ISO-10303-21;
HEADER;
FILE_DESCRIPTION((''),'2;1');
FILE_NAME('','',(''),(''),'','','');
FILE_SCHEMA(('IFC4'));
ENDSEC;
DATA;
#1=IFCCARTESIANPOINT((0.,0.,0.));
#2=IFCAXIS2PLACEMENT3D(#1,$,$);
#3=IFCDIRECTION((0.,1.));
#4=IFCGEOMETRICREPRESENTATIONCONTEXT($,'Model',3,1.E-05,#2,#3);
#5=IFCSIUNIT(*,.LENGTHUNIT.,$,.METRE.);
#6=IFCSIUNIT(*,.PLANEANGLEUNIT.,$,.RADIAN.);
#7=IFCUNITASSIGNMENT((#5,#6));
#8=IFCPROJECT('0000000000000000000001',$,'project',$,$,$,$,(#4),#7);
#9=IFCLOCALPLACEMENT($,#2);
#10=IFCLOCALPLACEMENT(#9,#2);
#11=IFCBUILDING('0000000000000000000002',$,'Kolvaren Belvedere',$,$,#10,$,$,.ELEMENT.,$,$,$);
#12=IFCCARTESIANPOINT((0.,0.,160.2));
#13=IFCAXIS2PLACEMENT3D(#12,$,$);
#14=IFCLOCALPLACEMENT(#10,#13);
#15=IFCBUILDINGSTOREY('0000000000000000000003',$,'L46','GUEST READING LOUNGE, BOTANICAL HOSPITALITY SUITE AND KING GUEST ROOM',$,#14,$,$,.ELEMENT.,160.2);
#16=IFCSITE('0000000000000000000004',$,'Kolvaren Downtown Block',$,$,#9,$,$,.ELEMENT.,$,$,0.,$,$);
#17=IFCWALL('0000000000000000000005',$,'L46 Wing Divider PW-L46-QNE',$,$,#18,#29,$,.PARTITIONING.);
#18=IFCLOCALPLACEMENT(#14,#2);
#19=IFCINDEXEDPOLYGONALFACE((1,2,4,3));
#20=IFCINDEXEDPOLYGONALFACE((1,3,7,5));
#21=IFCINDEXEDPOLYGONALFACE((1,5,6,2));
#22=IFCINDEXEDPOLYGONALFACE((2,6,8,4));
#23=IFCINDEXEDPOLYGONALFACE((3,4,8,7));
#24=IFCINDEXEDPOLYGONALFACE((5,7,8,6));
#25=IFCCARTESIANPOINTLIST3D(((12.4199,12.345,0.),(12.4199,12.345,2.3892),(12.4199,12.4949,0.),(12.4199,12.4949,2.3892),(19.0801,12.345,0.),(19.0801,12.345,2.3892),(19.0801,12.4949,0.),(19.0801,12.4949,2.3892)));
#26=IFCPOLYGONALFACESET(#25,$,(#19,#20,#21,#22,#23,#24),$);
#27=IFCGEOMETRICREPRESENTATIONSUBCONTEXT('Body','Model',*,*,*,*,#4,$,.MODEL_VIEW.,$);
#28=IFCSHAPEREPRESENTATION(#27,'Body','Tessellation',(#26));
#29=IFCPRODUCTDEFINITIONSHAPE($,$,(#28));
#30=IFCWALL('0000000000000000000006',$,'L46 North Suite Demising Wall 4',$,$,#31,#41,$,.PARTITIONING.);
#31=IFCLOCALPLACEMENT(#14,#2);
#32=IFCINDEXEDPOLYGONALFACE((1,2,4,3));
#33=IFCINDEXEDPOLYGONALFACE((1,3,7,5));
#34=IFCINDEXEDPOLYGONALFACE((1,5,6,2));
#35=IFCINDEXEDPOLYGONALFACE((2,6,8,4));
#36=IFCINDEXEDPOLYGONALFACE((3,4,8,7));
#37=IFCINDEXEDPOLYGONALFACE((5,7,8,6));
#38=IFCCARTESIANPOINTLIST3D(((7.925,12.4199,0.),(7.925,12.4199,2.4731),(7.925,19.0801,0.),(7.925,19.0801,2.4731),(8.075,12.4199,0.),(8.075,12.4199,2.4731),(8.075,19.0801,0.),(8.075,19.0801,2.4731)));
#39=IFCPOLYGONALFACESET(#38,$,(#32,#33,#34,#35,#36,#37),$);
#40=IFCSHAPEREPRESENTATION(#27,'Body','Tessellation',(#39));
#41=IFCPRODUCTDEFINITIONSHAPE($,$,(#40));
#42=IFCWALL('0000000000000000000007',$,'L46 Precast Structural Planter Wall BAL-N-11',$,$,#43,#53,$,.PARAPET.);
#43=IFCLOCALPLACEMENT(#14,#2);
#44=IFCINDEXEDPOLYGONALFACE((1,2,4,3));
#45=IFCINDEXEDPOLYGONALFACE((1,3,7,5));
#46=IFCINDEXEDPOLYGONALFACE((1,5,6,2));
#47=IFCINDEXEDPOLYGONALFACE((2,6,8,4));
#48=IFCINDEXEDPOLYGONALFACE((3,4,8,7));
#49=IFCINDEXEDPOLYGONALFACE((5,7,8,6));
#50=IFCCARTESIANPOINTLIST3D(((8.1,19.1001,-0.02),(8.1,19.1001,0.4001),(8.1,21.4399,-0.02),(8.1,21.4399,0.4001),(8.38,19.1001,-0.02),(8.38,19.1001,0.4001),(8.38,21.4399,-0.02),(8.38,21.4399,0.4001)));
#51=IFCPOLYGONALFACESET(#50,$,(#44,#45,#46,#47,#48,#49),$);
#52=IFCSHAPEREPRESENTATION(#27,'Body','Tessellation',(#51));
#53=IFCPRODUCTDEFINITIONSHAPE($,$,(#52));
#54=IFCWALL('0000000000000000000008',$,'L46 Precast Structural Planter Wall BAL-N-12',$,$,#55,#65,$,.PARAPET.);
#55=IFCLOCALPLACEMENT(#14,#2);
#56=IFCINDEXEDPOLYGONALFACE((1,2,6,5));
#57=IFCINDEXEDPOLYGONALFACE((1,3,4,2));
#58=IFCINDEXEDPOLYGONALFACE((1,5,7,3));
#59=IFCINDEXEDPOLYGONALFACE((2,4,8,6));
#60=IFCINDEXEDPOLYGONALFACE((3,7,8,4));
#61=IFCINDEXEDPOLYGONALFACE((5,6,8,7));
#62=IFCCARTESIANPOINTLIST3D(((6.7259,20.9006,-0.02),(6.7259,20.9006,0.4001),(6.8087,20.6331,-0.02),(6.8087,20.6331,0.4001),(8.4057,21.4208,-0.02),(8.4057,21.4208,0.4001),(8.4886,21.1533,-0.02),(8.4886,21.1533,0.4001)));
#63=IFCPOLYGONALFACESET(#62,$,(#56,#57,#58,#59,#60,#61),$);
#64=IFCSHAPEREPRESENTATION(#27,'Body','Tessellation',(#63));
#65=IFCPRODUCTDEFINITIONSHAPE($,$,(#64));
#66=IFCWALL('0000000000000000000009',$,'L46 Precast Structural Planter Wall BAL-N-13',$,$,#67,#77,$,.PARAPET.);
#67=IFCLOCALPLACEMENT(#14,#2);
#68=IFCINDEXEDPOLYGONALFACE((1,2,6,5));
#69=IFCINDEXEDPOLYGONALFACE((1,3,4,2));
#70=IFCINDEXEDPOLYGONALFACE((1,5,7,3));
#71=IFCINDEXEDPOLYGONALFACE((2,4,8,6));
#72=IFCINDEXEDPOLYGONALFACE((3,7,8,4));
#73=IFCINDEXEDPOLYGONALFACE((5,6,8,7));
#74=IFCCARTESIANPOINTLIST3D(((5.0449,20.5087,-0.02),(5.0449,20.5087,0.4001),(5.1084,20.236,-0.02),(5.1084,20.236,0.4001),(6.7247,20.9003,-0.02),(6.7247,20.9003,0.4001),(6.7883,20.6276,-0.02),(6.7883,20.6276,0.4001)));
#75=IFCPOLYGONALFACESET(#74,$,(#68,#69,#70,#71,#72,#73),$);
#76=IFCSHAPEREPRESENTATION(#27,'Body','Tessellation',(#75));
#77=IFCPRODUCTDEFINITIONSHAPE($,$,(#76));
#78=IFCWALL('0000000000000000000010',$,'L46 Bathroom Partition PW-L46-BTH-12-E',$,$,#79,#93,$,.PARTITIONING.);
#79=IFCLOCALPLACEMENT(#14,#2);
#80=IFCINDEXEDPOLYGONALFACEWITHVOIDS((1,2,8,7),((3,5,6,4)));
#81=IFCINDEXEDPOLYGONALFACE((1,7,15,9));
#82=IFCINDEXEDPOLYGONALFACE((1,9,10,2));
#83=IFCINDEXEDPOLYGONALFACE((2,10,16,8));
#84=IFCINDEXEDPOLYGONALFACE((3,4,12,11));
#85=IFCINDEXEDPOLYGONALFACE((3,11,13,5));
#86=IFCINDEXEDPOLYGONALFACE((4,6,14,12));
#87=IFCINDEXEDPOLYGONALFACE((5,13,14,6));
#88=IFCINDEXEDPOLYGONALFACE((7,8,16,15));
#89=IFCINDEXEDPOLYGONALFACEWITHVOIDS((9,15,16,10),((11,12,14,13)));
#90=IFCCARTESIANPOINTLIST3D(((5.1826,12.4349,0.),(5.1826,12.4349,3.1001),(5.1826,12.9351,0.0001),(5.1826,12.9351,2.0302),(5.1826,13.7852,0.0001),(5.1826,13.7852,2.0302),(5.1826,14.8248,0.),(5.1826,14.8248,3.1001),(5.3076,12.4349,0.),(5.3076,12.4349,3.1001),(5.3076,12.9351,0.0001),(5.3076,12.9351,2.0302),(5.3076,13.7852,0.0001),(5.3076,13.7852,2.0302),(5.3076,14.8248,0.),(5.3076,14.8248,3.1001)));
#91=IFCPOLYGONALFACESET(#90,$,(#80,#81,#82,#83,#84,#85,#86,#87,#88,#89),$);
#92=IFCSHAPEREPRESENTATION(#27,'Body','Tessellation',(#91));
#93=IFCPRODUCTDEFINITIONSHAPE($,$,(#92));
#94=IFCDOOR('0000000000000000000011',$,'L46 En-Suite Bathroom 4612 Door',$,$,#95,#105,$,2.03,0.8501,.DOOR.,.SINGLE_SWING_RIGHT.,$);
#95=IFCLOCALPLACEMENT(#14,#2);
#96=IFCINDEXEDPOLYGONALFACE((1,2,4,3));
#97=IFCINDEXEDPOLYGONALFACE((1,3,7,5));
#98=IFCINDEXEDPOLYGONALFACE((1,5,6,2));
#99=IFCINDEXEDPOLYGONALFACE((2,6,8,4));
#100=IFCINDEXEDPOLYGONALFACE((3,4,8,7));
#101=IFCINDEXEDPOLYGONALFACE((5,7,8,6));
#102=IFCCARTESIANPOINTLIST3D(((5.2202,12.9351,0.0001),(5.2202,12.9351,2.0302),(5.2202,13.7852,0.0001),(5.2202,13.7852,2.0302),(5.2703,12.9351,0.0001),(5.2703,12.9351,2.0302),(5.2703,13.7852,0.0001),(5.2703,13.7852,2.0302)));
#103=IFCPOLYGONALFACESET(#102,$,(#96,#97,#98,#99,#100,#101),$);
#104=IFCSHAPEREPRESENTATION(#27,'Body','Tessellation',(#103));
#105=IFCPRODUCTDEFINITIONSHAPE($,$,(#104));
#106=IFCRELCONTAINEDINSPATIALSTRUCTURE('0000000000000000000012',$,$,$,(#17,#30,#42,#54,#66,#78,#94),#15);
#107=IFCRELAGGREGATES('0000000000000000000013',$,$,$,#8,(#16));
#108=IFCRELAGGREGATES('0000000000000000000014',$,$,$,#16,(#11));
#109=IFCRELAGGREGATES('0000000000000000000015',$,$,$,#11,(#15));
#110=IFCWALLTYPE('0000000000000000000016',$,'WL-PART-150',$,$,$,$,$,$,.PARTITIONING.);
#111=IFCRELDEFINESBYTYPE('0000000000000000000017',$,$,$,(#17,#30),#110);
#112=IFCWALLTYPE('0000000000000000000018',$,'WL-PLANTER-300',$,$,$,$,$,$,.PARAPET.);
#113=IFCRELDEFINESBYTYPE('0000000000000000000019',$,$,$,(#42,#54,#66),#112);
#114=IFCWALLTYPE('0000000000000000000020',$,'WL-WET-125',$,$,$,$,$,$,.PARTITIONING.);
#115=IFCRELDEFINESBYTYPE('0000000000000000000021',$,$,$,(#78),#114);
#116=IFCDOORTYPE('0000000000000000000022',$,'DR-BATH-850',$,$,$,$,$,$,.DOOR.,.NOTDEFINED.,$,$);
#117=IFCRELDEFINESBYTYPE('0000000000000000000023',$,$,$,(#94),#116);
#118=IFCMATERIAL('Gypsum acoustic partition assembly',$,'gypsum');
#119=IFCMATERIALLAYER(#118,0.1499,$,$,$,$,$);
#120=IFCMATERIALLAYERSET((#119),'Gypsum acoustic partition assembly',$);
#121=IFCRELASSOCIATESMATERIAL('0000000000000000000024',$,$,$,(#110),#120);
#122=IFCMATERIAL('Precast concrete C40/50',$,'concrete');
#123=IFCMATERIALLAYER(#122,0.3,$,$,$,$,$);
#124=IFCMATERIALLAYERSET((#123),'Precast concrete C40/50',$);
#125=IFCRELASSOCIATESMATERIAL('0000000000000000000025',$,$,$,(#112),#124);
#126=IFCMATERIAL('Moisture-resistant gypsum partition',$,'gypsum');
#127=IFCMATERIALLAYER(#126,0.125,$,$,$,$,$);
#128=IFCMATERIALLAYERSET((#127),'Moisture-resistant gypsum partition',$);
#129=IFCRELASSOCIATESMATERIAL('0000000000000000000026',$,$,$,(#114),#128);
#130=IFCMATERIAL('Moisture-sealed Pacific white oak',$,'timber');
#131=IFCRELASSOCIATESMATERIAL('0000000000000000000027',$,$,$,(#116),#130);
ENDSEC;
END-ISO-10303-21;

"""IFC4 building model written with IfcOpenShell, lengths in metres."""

from ifc_helpers import new_model, si_unit, direction, frame, frame_2d, origin, place, context, subcontext, project, spatial, rectangle, extrude, material, layer, layer_set, type_object, element, fill, save


model = new_model("IFC4")

# Units and contexts
model_context = context("Model", 3, precision=1e-05, world=origin(), true_north=direction((0.0, 1.0)))
body_context = subcontext(model_context, "Body", "Model", "MODEL_VIEW")
ifc_project = project(units=[si_unit("LENGTHUNIT", "METRE"), si_unit("PLANEANGLEUNIT", "RADIAN")], contexts=[model_context])

# Site, building, storey
site_placement = place(None, origin())
site = spatial("IfcSite", under=ifc_project, at=site_placement, Name="Kolvaren Downtown Block", CompositionType="ELEMENT", RefElevation=0.0)
building_placement = place(site_placement, origin())
building = spatial("IfcBuilding", under=site, at=building_placement, Name="Kolvaren Belvedere", CompositionType="ELEMENT")
storey_placement = place(building_placement, frame((0.0, 0.0, 160.2)))
storey = spatial("IfcBuildingStorey", under=building, at=storey_placement, Name="L46", Description="GUEST READING LOUNGE, BOTANICAL HOSPITALITY SUITE AND KING GUEST ROOM", CompositionType="ELEMENT", Elevation=160.2)

# Walls
ifc_material_1 = material(Name="Gypsum acoustic partition assembly", Category="gypsum")
ifc_layer_1 = layer(ifc_material_1, 0.1499)
ifc_layer_set_1 = layer_set([ifc_layer_1], Name="Gypsum acoustic partition assembly")
wall_type_1 = type_object("IfcWallType", Name="WL-PART-150", PredefinedType="PARTITIONING", material=ifc_layer_set_1)
wall_1_placement = place(storey_placement, frame((12.4199, 12.4199, 0.0), z_axis=(0.0, 0.0, 1.0), x_axis=(1.0, 0.0, 0.0)))
element("IfcWall", 1, at=wall_1_placement, inside=storey, type_object=wall_type_1, Name="L46 Wing Divider PW-L46-QNE", PredefinedType="PARTITIONING", context=body_context, shape_type="SweptSolid", body=[
    extrude(rectangle(XDim=6.6602, YDim=0.1499, at=frame_2d((3.3301, 0.0))), origin(), (0.0, 0.0, 1.0), 2.3892),
])
wall_2_placement = place(storey_placement, frame((8.0, 12.4199, 0.0), z_axis=(0.0, 0.0, 1.0), x_axis=(0.0, 1.0, 0.0)))
element("IfcWall", 2, at=wall_2_placement, inside=storey, type_object=wall_type_1, Name="L46 North Suite Demising Wall 4", PredefinedType="PARTITIONING", context=body_context, shape_type="SweptSolid", body=[
    extrude(rectangle(XDim=6.6602, YDim=0.1499, at=frame_2d((3.3301, 0.0))), origin(), (0.0, 0.0, 1.0), 2.4731),
])
ifc_material_2 = material(Name="Precast concrete C40/50", Category="concrete")
ifc_layer_2 = layer(ifc_material_2, 0.3)
ifc_layer_set_2 = layer_set([ifc_layer_2], Name="Precast concrete C40/50")
wall_type_2 = type_object("IfcWallType", Name="WL-PLANTER-300", PredefinedType="PARAPET", material=ifc_layer_set_2)
wall_3_placement = place(storey_placement, frame((8.24, 19.1001, -0.02), z_axis=(0.0, 0.0, 1.0), x_axis=(0.0, 1.0, 0.0)))
element("IfcWall", 3, at=wall_3_placement, inside=storey, type_object=wall_type_2, Name="L46 Precast Structural Planter Wall BAL-N-11", PredefinedType="PARAPET", context=body_context, shape_type="SweptSolid", body=[
    extrude(rectangle(XDim=2.3398, YDim=0.28, at=frame_2d((1.1699, 0.0))), origin(), (0.0, 0.0, 1.0), 0.4202),
])
wall_4_placement = place(storey_placement, frame((8.4473, 21.2871, -0.02), z_axis=(0.0, 0.0, 1.0), x_axis=(-0.95524, -0.295832, 0.0)))
element("IfcWall", 4, at=wall_4_placement, inside=storey, type_object=wall_type_2, Name="L46 Precast Structural Planter Wall BAL-N-12", PredefinedType="PARAPET", context=body_context, shape_type="SweptSolid", body=[
    extrude(rectangle(XDim=1.7585, YDim=0.28, at=frame_2d((0.8794, 0.0))), origin(), (0.0, 0.0, 1.0), 0.4202),
])
wall_5_placement = place(storey_placement, frame((6.7563, 20.7639, -0.02), z_axis=(0.0, 0.0, 1.0), x_axis=(-0.97389, -0.227019, 0.0)))
element("IfcWall", 5, at=wall_5_placement, inside=storey, type_object=wall_type_2, Name="L46 Precast Structural Planter Wall BAL-N-13", PredefinedType="PARAPET", context=body_context, shape_type="SweptSolid", body=[
    extrude(rectangle(XDim=1.7249, YDim=0.28, at=frame_2d((0.8623, 0.0))), origin(), (0.0, 0.0, 1.0), 0.4202),
])

# Wall, opening, door
ifc_material_3 = material(Name="Moisture-resistant gypsum partition", Category="gypsum")
ifc_layer_3 = layer(ifc_material_3, 0.125)
ifc_layer_set_3 = layer_set([ifc_layer_3], Name="Moisture-resistant gypsum partition")
wall_type_3 = type_object("IfcWallType", Name="WL-WET-125", PredefinedType="PARTITIONING", material=ifc_layer_set_3)
wall_6_placement = place(storey_placement, frame((5.2451, 12.4351, 0.0), z_axis=(0.0, 0.0, 1.0), x_axis=(0.0, 1.0, 0.0)))
wall_6 = element("IfcWall", 6, at=wall_6_placement, inside=storey, type_object=wall_type_3, Name="L46 Bathroom Partition PW-L46-BTH-12-E", PredefinedType="PARTITIONING", context=body_context, shape_type="SweptSolid", body=[
    extrude(rectangle(XDim=2.3899, YDim=0.125, at=frame_2d((1.1948, 0.0))), origin(), (0.0, 0.0, 1.0), 3.1001),
])
opening_1_placement = place(wall_6_placement, frame((0.5, 0.0, 0.0)))
opening_1 = element("IfcOpeningElement", 7, at=opening_1_placement, cuts=wall_6, PredefinedType="OPENING", context=body_context, shape_type="SweptSolid", body=[
    extrude(rectangle(XDim=0.8501, YDim=2.03, at=frame_2d((0.425, 1.0151))), frame((0.0, 0.0725, 0.0), z_axis=(0.0, -1.0, 0.0), x_axis=(1.0, 0.0, 0.0)), (0.0, 0.0, 1.0), 0.145),
])
ifc_material_4 = material(Name="Moisture-sealed Pacific white oak", Category="timber")
door_type = type_object("IfcDoorType", Name="DR-BATH-850", OperationType="NOTDEFINED", PredefinedType="DOOR", material=ifc_material_4)
door_placement = place(opening_1_placement, origin())
door = element("IfcDoor", 8, at=door_placement, inside=storey, type_object=door_type, Name="L46 En-Suite Bathroom 4612 Door", OperationType="SINGLE_SWING_RIGHT", OverallHeight=2.03, OverallWidth=0.8501, PredefinedType="DOOR", context=body_context, shape_type="SweptSolid", body=[
    extrude(rectangle(XDim=0.8501, YDim=2.03, at=frame_2d((0.425, 1.0151))), frame((0.0, 0.0249, 0.0), z_axis=(0.0, -1.0, 0.0), x_axis=(1.0, 0.0, 0.0)), (0.0, 0.0, 1.0), 0.05),
])
fill(opening_1, door)

save(model, "model.ifc")
